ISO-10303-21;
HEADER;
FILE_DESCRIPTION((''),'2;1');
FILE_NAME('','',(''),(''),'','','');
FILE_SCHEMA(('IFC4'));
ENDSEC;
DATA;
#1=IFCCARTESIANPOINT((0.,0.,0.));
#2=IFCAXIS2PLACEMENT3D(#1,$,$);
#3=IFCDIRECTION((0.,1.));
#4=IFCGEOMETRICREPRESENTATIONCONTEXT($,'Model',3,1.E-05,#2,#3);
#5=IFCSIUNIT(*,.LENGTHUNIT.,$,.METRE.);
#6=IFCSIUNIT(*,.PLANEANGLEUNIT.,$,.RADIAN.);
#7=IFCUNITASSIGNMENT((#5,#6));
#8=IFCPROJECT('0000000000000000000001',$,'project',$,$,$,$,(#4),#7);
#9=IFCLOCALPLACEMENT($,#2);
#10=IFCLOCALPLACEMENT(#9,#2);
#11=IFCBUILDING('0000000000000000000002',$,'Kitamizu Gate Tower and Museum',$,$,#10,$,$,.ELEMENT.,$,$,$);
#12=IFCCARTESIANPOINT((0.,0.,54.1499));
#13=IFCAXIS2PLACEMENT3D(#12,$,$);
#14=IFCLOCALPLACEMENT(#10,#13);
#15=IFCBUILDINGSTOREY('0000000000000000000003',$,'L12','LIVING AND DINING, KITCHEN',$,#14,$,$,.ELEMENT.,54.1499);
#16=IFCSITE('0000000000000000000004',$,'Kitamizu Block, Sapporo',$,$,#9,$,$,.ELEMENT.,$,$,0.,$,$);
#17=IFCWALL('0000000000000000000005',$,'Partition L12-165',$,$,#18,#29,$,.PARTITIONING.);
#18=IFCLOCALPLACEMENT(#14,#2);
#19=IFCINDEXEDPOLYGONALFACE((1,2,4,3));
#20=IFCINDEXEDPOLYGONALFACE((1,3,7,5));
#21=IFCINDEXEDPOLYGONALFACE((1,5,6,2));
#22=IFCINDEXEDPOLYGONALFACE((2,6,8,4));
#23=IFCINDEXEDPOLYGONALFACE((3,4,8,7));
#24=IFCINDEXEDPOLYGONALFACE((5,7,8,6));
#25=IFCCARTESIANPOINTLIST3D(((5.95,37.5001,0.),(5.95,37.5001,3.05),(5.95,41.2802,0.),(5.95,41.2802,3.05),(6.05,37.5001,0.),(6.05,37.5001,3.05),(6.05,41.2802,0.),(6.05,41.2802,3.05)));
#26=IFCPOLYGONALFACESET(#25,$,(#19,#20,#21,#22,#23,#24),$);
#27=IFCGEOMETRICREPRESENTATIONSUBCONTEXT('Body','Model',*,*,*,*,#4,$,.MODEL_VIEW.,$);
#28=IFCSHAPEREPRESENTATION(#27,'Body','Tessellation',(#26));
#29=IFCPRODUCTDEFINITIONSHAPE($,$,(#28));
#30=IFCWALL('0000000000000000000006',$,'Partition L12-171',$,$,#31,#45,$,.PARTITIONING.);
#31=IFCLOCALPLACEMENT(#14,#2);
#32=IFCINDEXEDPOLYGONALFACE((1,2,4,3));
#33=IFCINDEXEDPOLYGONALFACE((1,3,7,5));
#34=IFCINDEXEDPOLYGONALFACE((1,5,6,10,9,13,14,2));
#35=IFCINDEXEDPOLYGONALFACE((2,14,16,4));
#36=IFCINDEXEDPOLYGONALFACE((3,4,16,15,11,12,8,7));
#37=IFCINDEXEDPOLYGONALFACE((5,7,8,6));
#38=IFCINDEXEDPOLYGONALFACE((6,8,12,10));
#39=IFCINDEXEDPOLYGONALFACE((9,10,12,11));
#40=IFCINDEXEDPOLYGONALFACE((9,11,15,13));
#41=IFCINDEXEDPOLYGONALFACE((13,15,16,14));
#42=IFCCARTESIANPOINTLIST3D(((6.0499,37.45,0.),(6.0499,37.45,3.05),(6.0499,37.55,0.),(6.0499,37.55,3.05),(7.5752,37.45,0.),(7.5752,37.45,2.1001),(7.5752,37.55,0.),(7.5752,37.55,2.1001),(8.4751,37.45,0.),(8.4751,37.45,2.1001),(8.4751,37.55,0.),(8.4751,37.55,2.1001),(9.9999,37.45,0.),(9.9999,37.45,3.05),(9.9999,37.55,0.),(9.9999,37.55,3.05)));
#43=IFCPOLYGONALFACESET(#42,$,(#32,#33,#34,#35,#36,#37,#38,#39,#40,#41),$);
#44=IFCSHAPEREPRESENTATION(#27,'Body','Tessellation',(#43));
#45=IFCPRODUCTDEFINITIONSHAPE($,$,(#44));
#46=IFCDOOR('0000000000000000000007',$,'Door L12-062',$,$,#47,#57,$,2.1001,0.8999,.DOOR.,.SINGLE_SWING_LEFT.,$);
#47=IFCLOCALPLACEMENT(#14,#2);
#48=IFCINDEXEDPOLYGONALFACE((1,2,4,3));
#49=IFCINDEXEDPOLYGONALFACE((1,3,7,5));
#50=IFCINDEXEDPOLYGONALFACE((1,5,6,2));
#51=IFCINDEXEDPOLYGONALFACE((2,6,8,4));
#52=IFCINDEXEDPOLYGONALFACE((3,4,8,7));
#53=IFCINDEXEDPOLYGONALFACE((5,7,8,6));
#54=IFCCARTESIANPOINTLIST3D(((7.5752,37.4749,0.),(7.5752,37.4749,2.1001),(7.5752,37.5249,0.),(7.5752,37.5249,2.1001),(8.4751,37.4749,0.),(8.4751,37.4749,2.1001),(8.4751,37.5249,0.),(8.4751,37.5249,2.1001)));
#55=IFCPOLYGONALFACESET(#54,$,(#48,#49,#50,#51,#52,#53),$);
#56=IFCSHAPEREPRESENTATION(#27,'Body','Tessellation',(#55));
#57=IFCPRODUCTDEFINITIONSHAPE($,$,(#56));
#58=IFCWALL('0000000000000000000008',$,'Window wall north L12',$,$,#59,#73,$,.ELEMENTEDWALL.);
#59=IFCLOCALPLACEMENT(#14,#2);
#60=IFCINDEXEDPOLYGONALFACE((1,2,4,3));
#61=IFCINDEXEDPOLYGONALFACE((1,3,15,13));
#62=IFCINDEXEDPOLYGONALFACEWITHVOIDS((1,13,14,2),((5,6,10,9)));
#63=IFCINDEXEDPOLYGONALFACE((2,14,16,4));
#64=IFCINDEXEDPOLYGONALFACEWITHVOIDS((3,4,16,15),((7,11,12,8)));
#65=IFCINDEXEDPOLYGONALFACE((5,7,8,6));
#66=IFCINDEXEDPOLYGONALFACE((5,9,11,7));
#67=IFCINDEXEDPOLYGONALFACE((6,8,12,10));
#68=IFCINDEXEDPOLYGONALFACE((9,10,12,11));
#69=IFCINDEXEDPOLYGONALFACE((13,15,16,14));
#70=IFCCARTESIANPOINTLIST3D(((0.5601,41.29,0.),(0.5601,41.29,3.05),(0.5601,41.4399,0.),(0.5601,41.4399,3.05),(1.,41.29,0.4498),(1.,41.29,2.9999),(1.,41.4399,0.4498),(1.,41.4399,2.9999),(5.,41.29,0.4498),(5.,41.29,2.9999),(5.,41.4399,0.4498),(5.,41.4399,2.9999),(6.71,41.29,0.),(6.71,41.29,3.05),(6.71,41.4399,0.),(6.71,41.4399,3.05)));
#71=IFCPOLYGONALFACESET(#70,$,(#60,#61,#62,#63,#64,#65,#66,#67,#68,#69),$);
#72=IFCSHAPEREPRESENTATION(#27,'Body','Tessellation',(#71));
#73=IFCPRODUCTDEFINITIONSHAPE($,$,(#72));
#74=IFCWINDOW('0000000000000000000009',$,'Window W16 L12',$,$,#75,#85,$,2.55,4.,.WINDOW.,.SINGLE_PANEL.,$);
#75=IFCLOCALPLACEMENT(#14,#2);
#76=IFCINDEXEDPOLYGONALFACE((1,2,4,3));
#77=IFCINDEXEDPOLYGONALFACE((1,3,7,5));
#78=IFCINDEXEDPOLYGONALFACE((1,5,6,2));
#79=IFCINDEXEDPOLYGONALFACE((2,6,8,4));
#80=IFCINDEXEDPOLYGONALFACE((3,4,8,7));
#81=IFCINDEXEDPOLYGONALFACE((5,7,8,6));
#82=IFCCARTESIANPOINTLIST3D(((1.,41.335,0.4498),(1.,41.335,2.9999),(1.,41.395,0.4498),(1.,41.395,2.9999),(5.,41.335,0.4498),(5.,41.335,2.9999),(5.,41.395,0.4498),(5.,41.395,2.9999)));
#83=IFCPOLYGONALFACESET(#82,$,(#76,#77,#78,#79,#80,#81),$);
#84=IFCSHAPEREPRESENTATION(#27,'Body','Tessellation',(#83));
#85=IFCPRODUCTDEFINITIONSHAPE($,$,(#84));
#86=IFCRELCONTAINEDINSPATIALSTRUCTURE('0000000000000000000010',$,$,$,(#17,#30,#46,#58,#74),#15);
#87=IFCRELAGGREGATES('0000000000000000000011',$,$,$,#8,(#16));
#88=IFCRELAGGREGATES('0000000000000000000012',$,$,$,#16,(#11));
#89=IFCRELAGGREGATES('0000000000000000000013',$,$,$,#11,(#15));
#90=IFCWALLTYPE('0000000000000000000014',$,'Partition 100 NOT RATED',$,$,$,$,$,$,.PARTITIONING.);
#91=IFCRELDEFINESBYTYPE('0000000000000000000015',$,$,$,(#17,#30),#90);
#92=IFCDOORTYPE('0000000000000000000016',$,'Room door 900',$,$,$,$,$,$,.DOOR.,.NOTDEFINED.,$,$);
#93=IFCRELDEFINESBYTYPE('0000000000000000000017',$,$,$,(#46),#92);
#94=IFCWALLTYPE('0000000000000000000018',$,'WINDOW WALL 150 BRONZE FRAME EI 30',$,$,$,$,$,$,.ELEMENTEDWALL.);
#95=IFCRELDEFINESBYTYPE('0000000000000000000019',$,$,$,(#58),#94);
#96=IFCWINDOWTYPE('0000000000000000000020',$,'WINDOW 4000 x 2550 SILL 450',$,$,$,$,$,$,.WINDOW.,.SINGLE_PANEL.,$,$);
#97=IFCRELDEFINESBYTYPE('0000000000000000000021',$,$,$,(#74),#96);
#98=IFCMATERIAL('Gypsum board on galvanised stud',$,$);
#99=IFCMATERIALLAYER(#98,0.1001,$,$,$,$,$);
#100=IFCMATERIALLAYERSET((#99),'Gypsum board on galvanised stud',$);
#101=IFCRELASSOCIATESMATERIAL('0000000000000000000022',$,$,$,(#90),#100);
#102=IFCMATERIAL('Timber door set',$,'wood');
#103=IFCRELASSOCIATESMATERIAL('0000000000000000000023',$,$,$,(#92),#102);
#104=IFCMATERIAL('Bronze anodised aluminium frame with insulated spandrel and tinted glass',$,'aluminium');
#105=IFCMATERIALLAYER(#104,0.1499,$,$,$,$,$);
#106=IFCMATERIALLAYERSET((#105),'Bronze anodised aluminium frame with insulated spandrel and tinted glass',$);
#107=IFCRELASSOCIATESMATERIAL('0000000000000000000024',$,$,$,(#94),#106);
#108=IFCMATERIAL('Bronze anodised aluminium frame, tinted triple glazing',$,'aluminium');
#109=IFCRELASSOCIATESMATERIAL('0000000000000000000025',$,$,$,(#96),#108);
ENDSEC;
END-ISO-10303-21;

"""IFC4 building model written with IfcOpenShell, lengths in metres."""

from ifc_helpers import new_model, si_unit, direction, frame, frame_2d, origin, place, context, subcontext, project, spatial, rectangle, extrude, material, layer, layer_set, type_object, element, fill, save


model = new_model("IFC4")

# Units and contexts
model_context = context("Model", 3, precision=1e-05, world=origin(), true_north=direction((0.0, 1.0)))
body_context = subcontext(model_context, "Body", "Model", "MODEL_VIEW")
ifc_project = project(units=[si_unit("LENGTHUNIT", "METRE"), si_unit("PLANEANGLEUNIT", "RADIAN")], contexts=[model_context])

# Site, building, storey
site_placement = place(None, origin())
site = spatial("IfcSite", under=ifc_project, at=site_placement, Name="Kitamizu Block, Sapporo", CompositionType="ELEMENT", RefElevation=0.0)
building_placement = place(site_placement, origin())
building = spatial("IfcBuilding", under=site, at=building_placement, Name="Kitamizu Gate Tower and Museum", CompositionType="ELEMENT")
storey_placement = place(building_placement, frame((0.0, 0.0, 54.1499)))
storey = spatial("IfcBuildingStorey", under=building, at=storey_placement, Name="L12", Description="LIVING AND DINING, KITCHEN", CompositionType="ELEMENT", Elevation=54.1499)

# Wall
ifc_material_1 = material(Name="Gypsum board on galvanised stud")
ifc_layer_1 = layer(ifc_material_1, 0.1001)
ifc_layer_set_1 = layer_set([ifc_layer_1], Name="Gypsum board on galvanised stud")
wall_type_1 = type_object("IfcWallType", Name="Partition 100 NOT RATED", PredefinedType="PARTITIONING", material=ifc_layer_set_1)
wall_1_placement = place(storey_placement, frame((6.0, 37.5, 0.0), z_axis=(0.0, 0.0, 1.0), x_axis=(0.0, 1.0, 0.0)))
element("IfcWall", 1, at=wall_1_placement, inside=storey, type_object=wall_type_1, Name="Partition L12-165", PredefinedType="PARTITIONING", context=body_context, shape_type="SweptSolid", body=[
    extrude(rectangle(XDim=3.78, YDim=0.1001, at=frame_2d((1.8901, 0.0))), origin(), (0.0, 0.0, 1.0), 3.05),
])

# Wall, opening, door
wall_2_placement = place(storey_placement, frame((10.0, 37.5, 0.0), z_axis=(0.0, 0.0, 1.0), x_axis=(-1.0, 0.0, 0.0)))
wall_2 = element("IfcWall", 2, at=wall_2_placement, inside=storey, type_object=wall_type_1, Name="Partition L12-171", PredefinedType="PARTITIONING", context=body_context, shape_type="SweptSolid", body=[
    extrude(rectangle(XDim=3.95, YDim=0.1001, at=frame_2d((1.9751, 0.0))), origin(), (0.0, 0.0, 1.0), 3.05),
])
opening_1_placement = place(wall_2_placement, frame((1.5249, 0.0, 0.0)))
opening_1 = element("IfcOpeningElement", 3, at=opening_1_placement, cuts=wall_2, PredefinedType="OPENING", context=body_context, shape_type="SweptSolid", body=[
    extrude(rectangle(XDim=0.8999, YDim=2.1001, at=frame_2d((0.45, 1.05))), frame((0.0, 0.0601, 0.0), z_axis=(0.0, -1.0, 0.0), x_axis=(1.0, 0.0, 0.0)), (0.0, 0.0, 1.0), 0.1201),
])
ifc_material_2 = material(Name="Timber door set", Category="wood")
door_type = type_object("IfcDoorType", Name="Room door 900", OperationType="NOTDEFINED", PredefinedType="DOOR", material=ifc_material_2)
door_placement = place(opening_1_placement, frame((0.8999, 0.0, 0.0), x_axis=(-1.0, 0.0, 0.0)))
door = element("IfcDoor", 4, at=door_placement, inside=storey, type_object=door_type, Name="Door L12-062", OperationType="SINGLE_SWING_LEFT", OverallHeight=2.1001, OverallWidth=0.8999, PredefinedType="DOOR", context=body_context, shape_type="SweptSolid", body=[
    extrude(rectangle(XDim=0.8999, YDim=2.1001, at=frame_2d((0.45, 1.05))), frame((0.0, 0.0249, 0.0), z_axis=(0.0, -1.0, 0.0), x_axis=(1.0, 0.0, 0.0)), (0.0, 0.0, 1.0), 0.05),
])
fill(opening_1, door)

# Wall, opening, window
ifc_material_3 = material(Name="Bronze anodised aluminium frame with insulated spandrel and tinted glass", Category="aluminium")
ifc_layer_2 = layer(ifc_material_3, 0.1499)
ifc_layer_set_2 = layer_set([ifc_layer_2], Name="Bronze anodised aluminium frame with insulated spandrel and tinted glass")
wall_type_2 = type_object("IfcWallType", Name="WINDOW WALL 150 BRONZE FRAME EI 30", PredefinedType="ELEMENTEDWALL", material=ifc_layer_set_2)
wall_3_placement = place(storey_placement, frame((0.5601, 41.365, 0.0), z_axis=(0.0, 0.0, 1.0), x_axis=(1.0, 0.0, 0.0)))
wall_3 = element("IfcWall", 5, at=wall_3_placement, inside=storey, type_object=wall_type_2, Name="Window wall north L12", PredefinedType="ELEMENTEDWALL", context=body_context, shape_type="SweptSolid", body=[
    extrude(rectangle(XDim=6.1499, YDim=0.1499, at=frame_2d((3.075, 0.0))), origin(), (0.0, 0.0, 1.0), 3.05),
])
opening_2_placement = place(wall_3_placement, frame((0.4399, 0.0, 0.45)))
opening_2 = element("IfcOpeningElement", 6, at=opening_2_placement, cuts=wall_3, PredefinedType="OPENING", context=body_context, shape_type="SweptSolid", body=[
    extrude(rectangle(XDim=4.0, YDim=2.55, at=frame_2d((2.0, 1.2749))), frame((0.0, 0.085, 0.0), z_axis=(0.0, -1.0, 0.0), x_axis=(1.0, 0.0, 0.0)), (0.0, 0.0, 1.0), 0.1699),
])
ifc_material_4 = material(Name="Bronze anodised aluminium frame, tinted triple glazing", Category="aluminium")
window_type = type_object("IfcWindowType", Name="WINDOW 4000 x 2550 SILL 450", PartitioningType="SINGLE_PANEL", PredefinedType="WINDOW", material=ifc_material_4)
window_placement = place(opening_2_placement, origin())
window = element("IfcWindow", 7, at=window_placement, inside=storey, type_object=window_type, Name="Window W16 L12", OverallHeight=2.55, OverallWidth=4.0, PartitioningType="SINGLE_PANEL", PredefinedType="WINDOW", context=body_context, shape_type="SweptSolid", body=[
    extrude(rectangle(XDim=4.0, YDim=2.55, at=frame_2d((2.0, 1.2749))), frame((0.0, 0.03, 0.0), z_axis=(0.0, -1.0, 0.0), x_axis=(1.0, 0.0, 0.0)), (0.0, 0.0, 1.0), 0.0601),
])
fill(opening_2, window)

save(model, "model.ifc")
